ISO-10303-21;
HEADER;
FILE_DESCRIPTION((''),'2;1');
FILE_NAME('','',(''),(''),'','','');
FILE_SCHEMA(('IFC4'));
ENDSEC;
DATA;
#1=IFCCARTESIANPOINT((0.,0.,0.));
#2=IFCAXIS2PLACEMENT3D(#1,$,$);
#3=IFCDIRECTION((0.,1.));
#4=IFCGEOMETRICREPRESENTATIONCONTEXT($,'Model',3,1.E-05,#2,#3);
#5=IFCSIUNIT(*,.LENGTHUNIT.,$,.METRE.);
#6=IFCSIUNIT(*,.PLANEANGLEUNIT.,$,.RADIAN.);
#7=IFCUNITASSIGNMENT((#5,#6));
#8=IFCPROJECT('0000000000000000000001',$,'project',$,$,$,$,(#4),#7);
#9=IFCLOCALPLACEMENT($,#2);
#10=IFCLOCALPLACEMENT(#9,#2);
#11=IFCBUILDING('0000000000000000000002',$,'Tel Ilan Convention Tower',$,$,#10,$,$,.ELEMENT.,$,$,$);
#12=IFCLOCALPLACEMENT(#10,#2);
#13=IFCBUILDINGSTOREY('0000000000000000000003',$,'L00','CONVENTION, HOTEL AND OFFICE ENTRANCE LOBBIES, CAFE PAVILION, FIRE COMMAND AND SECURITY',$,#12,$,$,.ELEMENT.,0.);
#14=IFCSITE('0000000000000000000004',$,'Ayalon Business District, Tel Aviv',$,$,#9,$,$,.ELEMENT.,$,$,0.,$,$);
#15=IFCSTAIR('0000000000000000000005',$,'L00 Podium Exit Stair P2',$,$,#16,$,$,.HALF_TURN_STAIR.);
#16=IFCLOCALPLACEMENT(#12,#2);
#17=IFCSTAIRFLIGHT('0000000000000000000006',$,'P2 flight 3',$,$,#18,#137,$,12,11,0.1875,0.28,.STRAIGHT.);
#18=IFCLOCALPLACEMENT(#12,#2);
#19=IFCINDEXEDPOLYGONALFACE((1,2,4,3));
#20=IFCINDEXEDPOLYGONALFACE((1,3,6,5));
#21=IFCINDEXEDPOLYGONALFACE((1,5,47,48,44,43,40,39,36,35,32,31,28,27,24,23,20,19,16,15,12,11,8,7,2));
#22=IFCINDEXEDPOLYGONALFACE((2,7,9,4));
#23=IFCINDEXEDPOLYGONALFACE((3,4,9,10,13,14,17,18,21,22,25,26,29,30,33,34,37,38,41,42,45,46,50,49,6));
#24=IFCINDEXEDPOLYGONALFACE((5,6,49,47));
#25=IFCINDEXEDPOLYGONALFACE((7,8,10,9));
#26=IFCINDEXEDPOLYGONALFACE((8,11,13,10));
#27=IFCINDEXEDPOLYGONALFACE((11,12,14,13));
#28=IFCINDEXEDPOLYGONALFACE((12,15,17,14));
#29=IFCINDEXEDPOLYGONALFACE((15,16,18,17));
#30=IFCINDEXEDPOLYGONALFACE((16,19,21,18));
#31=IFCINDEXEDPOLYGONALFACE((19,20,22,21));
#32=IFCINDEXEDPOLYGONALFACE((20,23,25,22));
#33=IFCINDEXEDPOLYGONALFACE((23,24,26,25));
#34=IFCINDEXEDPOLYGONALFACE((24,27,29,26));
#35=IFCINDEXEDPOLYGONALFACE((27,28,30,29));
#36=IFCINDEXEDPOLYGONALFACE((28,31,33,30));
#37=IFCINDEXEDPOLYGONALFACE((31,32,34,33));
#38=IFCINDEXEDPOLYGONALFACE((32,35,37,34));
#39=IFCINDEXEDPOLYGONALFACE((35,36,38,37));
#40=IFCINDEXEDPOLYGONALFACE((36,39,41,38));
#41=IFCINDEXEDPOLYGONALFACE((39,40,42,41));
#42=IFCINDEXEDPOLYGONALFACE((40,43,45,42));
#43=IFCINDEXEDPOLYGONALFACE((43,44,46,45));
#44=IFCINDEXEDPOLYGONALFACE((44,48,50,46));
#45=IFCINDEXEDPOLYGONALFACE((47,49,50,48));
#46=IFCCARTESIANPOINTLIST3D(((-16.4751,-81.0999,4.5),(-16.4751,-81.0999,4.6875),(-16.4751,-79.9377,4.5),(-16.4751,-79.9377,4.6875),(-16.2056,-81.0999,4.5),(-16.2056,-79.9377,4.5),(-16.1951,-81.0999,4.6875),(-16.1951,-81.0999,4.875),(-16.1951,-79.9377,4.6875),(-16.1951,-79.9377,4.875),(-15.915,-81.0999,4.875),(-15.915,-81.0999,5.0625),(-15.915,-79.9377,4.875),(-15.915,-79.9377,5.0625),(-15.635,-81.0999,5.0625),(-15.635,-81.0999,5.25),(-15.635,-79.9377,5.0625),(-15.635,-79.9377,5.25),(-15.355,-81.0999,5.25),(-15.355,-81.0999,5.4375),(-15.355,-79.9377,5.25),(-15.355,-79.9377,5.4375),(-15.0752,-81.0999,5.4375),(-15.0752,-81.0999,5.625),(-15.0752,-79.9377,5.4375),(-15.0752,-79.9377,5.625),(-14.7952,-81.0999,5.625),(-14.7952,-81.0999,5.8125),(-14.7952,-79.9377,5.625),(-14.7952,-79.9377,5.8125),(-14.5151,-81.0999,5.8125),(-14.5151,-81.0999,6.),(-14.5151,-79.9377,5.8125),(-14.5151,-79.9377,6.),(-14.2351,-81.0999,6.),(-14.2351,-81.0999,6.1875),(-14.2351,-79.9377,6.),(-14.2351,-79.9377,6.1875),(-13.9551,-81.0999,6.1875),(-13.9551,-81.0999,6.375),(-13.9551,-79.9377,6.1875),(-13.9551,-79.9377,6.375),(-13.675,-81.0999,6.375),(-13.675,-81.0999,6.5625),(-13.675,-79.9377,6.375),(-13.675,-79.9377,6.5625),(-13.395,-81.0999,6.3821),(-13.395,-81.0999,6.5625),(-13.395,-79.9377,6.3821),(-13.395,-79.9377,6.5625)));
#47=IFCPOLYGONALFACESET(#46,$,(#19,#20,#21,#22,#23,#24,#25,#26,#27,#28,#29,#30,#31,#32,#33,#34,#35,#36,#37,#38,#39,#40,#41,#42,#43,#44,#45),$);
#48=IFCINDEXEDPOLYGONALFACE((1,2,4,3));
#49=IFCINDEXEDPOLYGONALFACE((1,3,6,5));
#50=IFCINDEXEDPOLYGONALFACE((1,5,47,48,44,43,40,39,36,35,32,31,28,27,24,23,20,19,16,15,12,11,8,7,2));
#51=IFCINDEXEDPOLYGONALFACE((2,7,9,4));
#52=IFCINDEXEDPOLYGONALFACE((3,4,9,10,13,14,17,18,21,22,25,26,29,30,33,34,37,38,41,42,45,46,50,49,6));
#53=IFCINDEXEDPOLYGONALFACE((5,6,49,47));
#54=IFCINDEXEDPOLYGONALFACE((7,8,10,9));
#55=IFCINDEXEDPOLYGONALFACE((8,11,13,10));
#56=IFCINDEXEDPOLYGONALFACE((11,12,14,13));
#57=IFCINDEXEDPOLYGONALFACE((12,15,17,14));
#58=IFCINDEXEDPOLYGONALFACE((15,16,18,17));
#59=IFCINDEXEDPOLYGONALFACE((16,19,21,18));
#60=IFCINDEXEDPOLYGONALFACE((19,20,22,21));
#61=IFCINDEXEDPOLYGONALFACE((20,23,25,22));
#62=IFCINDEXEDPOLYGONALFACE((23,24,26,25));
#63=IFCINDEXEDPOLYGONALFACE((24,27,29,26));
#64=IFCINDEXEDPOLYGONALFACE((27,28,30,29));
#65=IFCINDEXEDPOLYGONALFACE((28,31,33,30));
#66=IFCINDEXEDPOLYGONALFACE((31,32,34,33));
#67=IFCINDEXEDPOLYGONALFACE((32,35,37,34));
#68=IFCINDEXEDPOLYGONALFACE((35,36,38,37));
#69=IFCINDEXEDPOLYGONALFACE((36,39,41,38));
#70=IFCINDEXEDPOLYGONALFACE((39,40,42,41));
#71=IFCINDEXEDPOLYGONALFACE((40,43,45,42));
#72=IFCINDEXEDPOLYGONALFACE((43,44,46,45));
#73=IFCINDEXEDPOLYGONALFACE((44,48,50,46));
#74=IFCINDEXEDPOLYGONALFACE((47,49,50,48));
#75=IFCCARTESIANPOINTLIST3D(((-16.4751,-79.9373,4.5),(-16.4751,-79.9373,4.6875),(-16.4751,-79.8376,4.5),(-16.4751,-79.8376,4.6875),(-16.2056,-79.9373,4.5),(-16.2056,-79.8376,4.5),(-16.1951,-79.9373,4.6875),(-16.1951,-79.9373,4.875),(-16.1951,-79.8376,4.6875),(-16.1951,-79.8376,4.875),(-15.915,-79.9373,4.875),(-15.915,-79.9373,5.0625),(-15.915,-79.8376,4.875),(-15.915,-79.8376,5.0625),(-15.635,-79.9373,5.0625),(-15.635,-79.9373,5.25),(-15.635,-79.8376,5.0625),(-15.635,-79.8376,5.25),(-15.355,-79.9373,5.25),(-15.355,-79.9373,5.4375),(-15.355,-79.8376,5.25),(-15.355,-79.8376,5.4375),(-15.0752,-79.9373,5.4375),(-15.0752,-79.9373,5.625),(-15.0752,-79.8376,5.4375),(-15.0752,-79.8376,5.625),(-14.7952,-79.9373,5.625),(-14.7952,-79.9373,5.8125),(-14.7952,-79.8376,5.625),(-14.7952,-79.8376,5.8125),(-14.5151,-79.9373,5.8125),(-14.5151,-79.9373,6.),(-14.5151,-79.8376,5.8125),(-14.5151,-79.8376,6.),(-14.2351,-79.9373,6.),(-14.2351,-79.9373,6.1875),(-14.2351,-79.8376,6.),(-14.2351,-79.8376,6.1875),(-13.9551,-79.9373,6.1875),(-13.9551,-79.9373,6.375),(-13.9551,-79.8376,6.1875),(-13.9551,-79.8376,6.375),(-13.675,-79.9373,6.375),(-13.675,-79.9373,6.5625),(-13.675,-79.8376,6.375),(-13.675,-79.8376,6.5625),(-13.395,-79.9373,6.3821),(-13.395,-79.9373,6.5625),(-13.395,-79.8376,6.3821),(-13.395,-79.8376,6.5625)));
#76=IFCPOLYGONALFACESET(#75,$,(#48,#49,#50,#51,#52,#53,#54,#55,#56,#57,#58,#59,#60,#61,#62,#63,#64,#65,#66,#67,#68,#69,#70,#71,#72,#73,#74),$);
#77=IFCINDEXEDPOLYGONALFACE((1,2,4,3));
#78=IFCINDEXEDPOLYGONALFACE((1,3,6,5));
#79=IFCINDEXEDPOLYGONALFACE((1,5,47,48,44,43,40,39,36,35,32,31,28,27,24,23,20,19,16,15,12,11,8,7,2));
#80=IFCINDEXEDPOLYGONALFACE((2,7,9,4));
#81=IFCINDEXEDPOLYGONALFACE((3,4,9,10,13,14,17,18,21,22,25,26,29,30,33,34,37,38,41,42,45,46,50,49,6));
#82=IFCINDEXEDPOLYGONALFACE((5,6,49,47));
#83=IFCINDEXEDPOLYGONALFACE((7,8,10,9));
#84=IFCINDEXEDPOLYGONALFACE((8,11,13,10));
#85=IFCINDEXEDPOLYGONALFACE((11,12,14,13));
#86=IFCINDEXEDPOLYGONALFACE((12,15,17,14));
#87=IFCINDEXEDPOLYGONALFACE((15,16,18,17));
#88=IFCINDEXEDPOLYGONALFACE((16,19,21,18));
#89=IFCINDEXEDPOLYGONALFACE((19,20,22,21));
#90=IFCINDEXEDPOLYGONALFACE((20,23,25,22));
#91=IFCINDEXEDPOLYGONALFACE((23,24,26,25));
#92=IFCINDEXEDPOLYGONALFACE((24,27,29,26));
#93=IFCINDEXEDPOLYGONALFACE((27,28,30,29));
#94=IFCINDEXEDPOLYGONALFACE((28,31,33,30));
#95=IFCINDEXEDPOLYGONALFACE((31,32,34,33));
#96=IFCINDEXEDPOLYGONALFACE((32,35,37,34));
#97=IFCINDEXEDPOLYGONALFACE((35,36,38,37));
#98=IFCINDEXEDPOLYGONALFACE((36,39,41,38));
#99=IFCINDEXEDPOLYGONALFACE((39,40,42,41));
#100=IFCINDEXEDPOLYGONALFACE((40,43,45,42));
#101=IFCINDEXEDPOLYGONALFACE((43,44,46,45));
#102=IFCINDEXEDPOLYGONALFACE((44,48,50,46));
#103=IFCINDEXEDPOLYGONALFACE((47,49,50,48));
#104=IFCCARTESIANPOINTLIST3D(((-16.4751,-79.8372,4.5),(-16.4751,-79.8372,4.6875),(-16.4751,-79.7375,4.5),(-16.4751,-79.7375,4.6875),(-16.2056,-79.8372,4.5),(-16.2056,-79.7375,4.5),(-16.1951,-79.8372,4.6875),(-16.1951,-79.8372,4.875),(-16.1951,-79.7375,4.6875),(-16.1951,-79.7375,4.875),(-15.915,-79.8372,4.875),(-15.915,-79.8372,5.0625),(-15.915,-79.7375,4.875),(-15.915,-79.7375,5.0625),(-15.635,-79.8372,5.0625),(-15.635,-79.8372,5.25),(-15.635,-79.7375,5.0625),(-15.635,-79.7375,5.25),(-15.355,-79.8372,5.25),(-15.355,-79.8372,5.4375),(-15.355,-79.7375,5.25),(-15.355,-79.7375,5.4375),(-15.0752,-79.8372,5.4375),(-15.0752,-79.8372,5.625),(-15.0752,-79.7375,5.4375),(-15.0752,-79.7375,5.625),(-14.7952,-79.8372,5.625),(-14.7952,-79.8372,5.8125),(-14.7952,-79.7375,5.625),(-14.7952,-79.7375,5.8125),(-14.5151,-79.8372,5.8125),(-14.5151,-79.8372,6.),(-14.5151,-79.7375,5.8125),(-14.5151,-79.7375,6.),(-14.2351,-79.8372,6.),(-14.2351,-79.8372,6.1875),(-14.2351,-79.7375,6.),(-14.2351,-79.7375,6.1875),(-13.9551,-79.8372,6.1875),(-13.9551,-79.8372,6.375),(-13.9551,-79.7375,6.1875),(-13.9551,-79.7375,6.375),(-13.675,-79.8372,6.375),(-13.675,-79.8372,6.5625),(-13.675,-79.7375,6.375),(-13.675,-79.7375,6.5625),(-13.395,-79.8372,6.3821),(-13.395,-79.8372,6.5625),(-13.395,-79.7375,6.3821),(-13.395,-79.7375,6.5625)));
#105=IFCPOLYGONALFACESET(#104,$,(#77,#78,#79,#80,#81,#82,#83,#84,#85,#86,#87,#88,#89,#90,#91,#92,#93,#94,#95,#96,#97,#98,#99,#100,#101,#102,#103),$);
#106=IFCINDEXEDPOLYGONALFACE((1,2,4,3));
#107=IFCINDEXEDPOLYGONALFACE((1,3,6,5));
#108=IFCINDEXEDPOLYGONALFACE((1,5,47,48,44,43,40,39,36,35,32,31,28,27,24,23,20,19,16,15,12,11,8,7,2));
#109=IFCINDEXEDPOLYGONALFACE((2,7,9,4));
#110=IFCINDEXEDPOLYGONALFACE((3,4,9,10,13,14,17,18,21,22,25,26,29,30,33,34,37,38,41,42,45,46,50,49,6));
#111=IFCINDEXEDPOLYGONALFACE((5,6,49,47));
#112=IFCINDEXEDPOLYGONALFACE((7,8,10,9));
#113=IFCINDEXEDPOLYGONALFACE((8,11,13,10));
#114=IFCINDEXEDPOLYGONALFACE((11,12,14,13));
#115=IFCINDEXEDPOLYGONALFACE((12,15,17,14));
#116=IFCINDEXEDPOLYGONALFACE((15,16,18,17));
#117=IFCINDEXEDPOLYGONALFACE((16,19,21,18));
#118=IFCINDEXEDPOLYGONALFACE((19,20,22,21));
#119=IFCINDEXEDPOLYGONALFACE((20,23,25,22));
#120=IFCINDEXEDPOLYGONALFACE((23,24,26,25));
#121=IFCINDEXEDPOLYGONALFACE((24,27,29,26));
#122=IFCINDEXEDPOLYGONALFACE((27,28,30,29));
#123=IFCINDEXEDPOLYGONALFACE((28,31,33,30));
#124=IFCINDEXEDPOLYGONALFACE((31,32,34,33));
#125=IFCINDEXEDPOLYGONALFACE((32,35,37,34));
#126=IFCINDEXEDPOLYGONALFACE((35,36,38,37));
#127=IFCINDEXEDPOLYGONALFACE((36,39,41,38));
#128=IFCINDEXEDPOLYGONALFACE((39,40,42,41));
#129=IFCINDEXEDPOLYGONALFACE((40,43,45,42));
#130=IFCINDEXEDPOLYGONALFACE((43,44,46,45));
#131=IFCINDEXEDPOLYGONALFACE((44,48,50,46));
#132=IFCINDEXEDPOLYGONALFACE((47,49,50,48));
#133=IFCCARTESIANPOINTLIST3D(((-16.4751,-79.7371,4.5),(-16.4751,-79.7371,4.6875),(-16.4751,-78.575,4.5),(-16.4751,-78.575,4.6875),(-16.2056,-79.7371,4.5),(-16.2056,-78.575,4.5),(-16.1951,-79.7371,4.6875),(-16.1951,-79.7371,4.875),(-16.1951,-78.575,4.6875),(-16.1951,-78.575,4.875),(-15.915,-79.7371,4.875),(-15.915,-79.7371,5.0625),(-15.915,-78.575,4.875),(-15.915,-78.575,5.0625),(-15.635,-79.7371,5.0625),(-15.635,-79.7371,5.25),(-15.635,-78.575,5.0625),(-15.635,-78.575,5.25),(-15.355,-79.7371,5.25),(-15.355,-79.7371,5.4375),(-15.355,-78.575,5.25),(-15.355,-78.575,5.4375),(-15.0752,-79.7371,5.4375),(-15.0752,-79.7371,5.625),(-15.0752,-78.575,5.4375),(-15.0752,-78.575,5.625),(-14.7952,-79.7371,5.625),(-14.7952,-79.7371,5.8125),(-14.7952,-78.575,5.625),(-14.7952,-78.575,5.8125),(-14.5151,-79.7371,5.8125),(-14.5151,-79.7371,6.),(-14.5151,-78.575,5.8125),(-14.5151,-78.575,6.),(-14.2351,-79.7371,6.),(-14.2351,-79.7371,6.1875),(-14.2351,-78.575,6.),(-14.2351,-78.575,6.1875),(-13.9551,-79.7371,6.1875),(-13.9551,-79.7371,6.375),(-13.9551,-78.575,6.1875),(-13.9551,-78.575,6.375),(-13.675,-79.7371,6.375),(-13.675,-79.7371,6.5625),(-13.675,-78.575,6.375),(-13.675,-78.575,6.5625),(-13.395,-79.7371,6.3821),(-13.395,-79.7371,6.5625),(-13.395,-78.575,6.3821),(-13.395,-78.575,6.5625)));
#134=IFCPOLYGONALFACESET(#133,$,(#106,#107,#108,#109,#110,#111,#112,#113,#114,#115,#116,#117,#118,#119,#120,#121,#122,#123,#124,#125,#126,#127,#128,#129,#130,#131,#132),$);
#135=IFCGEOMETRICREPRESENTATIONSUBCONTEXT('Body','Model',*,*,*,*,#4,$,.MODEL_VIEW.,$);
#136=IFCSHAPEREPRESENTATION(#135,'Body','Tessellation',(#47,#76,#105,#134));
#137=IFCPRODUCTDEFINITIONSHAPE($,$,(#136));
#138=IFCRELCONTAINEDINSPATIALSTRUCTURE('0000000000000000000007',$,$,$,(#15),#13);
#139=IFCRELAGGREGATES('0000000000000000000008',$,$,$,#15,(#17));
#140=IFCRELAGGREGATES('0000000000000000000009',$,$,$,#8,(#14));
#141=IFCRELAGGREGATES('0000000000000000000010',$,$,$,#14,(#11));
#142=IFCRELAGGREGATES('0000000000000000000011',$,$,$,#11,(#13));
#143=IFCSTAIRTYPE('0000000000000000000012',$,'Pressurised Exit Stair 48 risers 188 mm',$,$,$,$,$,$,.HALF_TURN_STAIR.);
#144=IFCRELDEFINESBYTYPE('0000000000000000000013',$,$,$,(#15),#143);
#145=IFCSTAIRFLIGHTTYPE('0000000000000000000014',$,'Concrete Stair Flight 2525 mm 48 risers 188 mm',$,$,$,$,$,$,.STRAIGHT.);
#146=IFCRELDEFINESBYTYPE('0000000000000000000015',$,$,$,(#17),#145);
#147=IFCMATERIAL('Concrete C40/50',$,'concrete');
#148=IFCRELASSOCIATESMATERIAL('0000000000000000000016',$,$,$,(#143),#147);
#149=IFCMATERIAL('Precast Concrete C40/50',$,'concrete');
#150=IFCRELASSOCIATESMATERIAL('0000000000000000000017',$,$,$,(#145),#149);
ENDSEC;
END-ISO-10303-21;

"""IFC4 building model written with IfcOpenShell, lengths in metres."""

from ifc_helpers import new_model, si_unit, direction, frame, origin, place, context, subcontext, project, spatial, polyline, outline, extrude, material, type_object, element, aggregate, save


model = new_model("IFC4")

# Units and contexts
model_context = context("Model", 3, precision=1e-05, world=origin(), true_north=direction((0.0, 1.0)))
body_context = subcontext(model_context, "Body", "Model", "MODEL_VIEW")
ifc_project = project(units=[si_unit("LENGTHUNIT", "METRE"), si_unit("PLANEANGLEUNIT", "RADIAN")], contexts=[model_context])

# Site, building, storey
site_placement = place(None, origin())
site = spatial("IfcSite", under=ifc_project, at=site_placement, Name="Ayalon Business District, Tel Aviv", CompositionType="ELEMENT", RefElevation=0.0)
building_placement = place(site_placement, origin())
building = spatial("IfcBuilding", under=site, at=building_placement, Name="Tel Ilan Convention Tower", CompositionType="ELEMENT")
storey_placement = place(building_placement, origin())
storey = spatial("IfcBuildingStorey", under=building, at=storey_placement, Name="L00", Description="CONVENTION, HOTEL AND OFFICE ENTRANCE LOBBIES, CAFE PAVILION, FIRE COMMAND AND SECURITY", CompositionType="ELEMENT", Elevation=0.0)

# Stair, stair flight
ifc_material_1 = material(Name="Concrete C40/50", Category="concrete")
stair_type = type_object("IfcStairType", Name="Pressurised Exit Stair 48 risers 188 mm", PredefinedType="HALF_TURN_STAIR", material=ifc_material_1)
stair_placement = place(storey_placement, origin())
stair = element("IfcStair", 1, at=stair_placement, inside=storey, type_object=stair_type, Name="L00 Podium Exit Stair P2", PredefinedType="HALF_TURN_STAIR")
ifc_material_2 = material(Name="Precast Concrete C40/50", Category="concrete")
stair_flight_type = type_object("IfcStairFlightType", Name="Concrete Stair Flight 2525 mm 48 risers 188 mm", PredefinedType="STRAIGHT", material=ifc_material_2)
stair_flight_1_placement = place(storey_placement, frame((-16.4751, -79.8374, 4.5), z_axis=(0.0, 0.0, 1.0), x_axis=(1.0, 0.0, 0.0)))
stair_flight_1 = element("IfcStairFlight", 2, at=stair_flight_1_placement, type_object=stair_flight_type, Name="P2 flight 3", NumberOfRisers=12, NumberOfTreads=11, PredefinedType="STRAIGHT", RiserHeight=0.1875, TreadLength=0.28, context=body_context, shape_type="SweptSolid", body=[
    extrude(outline(polyline([(0.0, 0.0), (0.0, 0.1875), (0.28, 0.1875), (0.28, 0.375), (0.5601, 0.375), (0.5601, 0.5625), (0.8401, 0.5625), (0.8401, 0.75), (1.1201, 0.75), (1.1201, 0.9375), (1.3999, 0.9375), (1.3999, 1.125), (1.6799, 1.125), (1.6799, 1.3125), (1.96, 1.3125), (1.96, 1.5), (2.24, 1.5), (2.24, 1.6875), (2.52, 1.6875), (2.52, 1.875), (2.8, 1.875), (2.8, 2.0625), (3.0801, 2.0625), (3.0801, 2.25), (3.0801, 1.8821), (0.2695, 0.0), (0.0, 0.0)])), frame((0.0, -0.1003, 0.0), z_axis=(0.0, -1.0, 0.0), x_axis=(1.0, 0.0, 0.0)), (0.0, 0.0, 1.0), 1.1621),
    extrude(outline(polyline([(0.0, 0.0), (0.0, 0.1875), (0.28, 0.1875), (0.28, 0.375), (0.5601, 0.375), (0.5601, 0.5625), (0.8401, 0.5625), (0.8401, 0.75), (1.1201, 0.75), (1.1201, 0.9375), (1.3999, 0.9375), (1.3999, 1.125), (1.6799, 1.125), (1.6799, 1.3125), (1.96, 1.3125), (1.96, 1.5), (2.24, 1.5), (2.24, 1.6875), (2.52, 1.6875), (2.52, 1.875), (2.8, 1.875), (2.8, 2.0625), (3.0801, 2.0625), (3.0801, 2.25), (3.0801, 1.8821), (0.2695, 0.0), (0.0, 0.0)])), frame((0.0, -0.0002, 0.0), z_axis=(0.0, -1.0, 0.0), x_axis=(1.0, 0.0, 0.0)), (0.0, 0.0, 1.0), 0.0996),
    extrude(outline(polyline([(0.0, 0.0), (0.0, 0.1875), (0.28, 0.1875), (0.28, 0.375), (0.5601, 0.375), (0.5601, 0.5625), (0.8401, 0.5625), (0.8401, 0.75), (1.1201, 0.75), (1.1201, 0.9375), (1.3999, 0.9375), (1.3999, 1.125), (1.6799, 1.125), (1.6799, 1.3125), (1.96, 1.3125), (1.96, 1.5), (2.24, 1.5), (2.24, 1.6875), (2.52, 1.6875), (2.52, 1.875), (2.8, 1.875), (2.8, 2.0625), (3.0801, 2.0625), (3.0801, 2.25), (3.0801, 1.8821), (0.2695, 0.0), (0.0, 0.0)])), frame((0.0, 0.0999, 0.0), z_axis=(0.0, -1.0, 0.0), x_axis=(1.0, 0.0, 0.0)), (0.0, 0.0, 1.0), 0.0996),
    extrude(outline(polyline([(0.0, 0.0), (0.0, 0.1875), (0.28, 0.1875), (0.28, 0.375), (0.5601, 0.375), (0.5601, 0.5625), (0.8401, 0.5625), (0.8401, 0.75), (1.1201, 0.75), (1.1201, 0.9375), (1.3999, 0.9375), (1.3999, 1.125), (1.6799, 1.125), (1.6799, 1.3125), (1.96, 1.3125), (1.96, 1.5), (2.24, 1.5), (2.24, 1.6875), (2.52, 1.6875), (2.52, 1.875), (2.8, 1.875), (2.8, 2.0625), (3.0801, 2.0625), (3.0801, 2.25), (3.0801, 1.8821), (0.2695, 0.0), (0.0, 0.0)])), frame((0.0, 1.2625, 0.0), z_axis=(0.0, -1.0, 0.0), x_axis=(1.0, 0.0, 0.0)), (0.0, 0.0, 1.0), 1.1621),
])
aggregate(stair, [stair_flight_1])

save(model, "model.ifc")
